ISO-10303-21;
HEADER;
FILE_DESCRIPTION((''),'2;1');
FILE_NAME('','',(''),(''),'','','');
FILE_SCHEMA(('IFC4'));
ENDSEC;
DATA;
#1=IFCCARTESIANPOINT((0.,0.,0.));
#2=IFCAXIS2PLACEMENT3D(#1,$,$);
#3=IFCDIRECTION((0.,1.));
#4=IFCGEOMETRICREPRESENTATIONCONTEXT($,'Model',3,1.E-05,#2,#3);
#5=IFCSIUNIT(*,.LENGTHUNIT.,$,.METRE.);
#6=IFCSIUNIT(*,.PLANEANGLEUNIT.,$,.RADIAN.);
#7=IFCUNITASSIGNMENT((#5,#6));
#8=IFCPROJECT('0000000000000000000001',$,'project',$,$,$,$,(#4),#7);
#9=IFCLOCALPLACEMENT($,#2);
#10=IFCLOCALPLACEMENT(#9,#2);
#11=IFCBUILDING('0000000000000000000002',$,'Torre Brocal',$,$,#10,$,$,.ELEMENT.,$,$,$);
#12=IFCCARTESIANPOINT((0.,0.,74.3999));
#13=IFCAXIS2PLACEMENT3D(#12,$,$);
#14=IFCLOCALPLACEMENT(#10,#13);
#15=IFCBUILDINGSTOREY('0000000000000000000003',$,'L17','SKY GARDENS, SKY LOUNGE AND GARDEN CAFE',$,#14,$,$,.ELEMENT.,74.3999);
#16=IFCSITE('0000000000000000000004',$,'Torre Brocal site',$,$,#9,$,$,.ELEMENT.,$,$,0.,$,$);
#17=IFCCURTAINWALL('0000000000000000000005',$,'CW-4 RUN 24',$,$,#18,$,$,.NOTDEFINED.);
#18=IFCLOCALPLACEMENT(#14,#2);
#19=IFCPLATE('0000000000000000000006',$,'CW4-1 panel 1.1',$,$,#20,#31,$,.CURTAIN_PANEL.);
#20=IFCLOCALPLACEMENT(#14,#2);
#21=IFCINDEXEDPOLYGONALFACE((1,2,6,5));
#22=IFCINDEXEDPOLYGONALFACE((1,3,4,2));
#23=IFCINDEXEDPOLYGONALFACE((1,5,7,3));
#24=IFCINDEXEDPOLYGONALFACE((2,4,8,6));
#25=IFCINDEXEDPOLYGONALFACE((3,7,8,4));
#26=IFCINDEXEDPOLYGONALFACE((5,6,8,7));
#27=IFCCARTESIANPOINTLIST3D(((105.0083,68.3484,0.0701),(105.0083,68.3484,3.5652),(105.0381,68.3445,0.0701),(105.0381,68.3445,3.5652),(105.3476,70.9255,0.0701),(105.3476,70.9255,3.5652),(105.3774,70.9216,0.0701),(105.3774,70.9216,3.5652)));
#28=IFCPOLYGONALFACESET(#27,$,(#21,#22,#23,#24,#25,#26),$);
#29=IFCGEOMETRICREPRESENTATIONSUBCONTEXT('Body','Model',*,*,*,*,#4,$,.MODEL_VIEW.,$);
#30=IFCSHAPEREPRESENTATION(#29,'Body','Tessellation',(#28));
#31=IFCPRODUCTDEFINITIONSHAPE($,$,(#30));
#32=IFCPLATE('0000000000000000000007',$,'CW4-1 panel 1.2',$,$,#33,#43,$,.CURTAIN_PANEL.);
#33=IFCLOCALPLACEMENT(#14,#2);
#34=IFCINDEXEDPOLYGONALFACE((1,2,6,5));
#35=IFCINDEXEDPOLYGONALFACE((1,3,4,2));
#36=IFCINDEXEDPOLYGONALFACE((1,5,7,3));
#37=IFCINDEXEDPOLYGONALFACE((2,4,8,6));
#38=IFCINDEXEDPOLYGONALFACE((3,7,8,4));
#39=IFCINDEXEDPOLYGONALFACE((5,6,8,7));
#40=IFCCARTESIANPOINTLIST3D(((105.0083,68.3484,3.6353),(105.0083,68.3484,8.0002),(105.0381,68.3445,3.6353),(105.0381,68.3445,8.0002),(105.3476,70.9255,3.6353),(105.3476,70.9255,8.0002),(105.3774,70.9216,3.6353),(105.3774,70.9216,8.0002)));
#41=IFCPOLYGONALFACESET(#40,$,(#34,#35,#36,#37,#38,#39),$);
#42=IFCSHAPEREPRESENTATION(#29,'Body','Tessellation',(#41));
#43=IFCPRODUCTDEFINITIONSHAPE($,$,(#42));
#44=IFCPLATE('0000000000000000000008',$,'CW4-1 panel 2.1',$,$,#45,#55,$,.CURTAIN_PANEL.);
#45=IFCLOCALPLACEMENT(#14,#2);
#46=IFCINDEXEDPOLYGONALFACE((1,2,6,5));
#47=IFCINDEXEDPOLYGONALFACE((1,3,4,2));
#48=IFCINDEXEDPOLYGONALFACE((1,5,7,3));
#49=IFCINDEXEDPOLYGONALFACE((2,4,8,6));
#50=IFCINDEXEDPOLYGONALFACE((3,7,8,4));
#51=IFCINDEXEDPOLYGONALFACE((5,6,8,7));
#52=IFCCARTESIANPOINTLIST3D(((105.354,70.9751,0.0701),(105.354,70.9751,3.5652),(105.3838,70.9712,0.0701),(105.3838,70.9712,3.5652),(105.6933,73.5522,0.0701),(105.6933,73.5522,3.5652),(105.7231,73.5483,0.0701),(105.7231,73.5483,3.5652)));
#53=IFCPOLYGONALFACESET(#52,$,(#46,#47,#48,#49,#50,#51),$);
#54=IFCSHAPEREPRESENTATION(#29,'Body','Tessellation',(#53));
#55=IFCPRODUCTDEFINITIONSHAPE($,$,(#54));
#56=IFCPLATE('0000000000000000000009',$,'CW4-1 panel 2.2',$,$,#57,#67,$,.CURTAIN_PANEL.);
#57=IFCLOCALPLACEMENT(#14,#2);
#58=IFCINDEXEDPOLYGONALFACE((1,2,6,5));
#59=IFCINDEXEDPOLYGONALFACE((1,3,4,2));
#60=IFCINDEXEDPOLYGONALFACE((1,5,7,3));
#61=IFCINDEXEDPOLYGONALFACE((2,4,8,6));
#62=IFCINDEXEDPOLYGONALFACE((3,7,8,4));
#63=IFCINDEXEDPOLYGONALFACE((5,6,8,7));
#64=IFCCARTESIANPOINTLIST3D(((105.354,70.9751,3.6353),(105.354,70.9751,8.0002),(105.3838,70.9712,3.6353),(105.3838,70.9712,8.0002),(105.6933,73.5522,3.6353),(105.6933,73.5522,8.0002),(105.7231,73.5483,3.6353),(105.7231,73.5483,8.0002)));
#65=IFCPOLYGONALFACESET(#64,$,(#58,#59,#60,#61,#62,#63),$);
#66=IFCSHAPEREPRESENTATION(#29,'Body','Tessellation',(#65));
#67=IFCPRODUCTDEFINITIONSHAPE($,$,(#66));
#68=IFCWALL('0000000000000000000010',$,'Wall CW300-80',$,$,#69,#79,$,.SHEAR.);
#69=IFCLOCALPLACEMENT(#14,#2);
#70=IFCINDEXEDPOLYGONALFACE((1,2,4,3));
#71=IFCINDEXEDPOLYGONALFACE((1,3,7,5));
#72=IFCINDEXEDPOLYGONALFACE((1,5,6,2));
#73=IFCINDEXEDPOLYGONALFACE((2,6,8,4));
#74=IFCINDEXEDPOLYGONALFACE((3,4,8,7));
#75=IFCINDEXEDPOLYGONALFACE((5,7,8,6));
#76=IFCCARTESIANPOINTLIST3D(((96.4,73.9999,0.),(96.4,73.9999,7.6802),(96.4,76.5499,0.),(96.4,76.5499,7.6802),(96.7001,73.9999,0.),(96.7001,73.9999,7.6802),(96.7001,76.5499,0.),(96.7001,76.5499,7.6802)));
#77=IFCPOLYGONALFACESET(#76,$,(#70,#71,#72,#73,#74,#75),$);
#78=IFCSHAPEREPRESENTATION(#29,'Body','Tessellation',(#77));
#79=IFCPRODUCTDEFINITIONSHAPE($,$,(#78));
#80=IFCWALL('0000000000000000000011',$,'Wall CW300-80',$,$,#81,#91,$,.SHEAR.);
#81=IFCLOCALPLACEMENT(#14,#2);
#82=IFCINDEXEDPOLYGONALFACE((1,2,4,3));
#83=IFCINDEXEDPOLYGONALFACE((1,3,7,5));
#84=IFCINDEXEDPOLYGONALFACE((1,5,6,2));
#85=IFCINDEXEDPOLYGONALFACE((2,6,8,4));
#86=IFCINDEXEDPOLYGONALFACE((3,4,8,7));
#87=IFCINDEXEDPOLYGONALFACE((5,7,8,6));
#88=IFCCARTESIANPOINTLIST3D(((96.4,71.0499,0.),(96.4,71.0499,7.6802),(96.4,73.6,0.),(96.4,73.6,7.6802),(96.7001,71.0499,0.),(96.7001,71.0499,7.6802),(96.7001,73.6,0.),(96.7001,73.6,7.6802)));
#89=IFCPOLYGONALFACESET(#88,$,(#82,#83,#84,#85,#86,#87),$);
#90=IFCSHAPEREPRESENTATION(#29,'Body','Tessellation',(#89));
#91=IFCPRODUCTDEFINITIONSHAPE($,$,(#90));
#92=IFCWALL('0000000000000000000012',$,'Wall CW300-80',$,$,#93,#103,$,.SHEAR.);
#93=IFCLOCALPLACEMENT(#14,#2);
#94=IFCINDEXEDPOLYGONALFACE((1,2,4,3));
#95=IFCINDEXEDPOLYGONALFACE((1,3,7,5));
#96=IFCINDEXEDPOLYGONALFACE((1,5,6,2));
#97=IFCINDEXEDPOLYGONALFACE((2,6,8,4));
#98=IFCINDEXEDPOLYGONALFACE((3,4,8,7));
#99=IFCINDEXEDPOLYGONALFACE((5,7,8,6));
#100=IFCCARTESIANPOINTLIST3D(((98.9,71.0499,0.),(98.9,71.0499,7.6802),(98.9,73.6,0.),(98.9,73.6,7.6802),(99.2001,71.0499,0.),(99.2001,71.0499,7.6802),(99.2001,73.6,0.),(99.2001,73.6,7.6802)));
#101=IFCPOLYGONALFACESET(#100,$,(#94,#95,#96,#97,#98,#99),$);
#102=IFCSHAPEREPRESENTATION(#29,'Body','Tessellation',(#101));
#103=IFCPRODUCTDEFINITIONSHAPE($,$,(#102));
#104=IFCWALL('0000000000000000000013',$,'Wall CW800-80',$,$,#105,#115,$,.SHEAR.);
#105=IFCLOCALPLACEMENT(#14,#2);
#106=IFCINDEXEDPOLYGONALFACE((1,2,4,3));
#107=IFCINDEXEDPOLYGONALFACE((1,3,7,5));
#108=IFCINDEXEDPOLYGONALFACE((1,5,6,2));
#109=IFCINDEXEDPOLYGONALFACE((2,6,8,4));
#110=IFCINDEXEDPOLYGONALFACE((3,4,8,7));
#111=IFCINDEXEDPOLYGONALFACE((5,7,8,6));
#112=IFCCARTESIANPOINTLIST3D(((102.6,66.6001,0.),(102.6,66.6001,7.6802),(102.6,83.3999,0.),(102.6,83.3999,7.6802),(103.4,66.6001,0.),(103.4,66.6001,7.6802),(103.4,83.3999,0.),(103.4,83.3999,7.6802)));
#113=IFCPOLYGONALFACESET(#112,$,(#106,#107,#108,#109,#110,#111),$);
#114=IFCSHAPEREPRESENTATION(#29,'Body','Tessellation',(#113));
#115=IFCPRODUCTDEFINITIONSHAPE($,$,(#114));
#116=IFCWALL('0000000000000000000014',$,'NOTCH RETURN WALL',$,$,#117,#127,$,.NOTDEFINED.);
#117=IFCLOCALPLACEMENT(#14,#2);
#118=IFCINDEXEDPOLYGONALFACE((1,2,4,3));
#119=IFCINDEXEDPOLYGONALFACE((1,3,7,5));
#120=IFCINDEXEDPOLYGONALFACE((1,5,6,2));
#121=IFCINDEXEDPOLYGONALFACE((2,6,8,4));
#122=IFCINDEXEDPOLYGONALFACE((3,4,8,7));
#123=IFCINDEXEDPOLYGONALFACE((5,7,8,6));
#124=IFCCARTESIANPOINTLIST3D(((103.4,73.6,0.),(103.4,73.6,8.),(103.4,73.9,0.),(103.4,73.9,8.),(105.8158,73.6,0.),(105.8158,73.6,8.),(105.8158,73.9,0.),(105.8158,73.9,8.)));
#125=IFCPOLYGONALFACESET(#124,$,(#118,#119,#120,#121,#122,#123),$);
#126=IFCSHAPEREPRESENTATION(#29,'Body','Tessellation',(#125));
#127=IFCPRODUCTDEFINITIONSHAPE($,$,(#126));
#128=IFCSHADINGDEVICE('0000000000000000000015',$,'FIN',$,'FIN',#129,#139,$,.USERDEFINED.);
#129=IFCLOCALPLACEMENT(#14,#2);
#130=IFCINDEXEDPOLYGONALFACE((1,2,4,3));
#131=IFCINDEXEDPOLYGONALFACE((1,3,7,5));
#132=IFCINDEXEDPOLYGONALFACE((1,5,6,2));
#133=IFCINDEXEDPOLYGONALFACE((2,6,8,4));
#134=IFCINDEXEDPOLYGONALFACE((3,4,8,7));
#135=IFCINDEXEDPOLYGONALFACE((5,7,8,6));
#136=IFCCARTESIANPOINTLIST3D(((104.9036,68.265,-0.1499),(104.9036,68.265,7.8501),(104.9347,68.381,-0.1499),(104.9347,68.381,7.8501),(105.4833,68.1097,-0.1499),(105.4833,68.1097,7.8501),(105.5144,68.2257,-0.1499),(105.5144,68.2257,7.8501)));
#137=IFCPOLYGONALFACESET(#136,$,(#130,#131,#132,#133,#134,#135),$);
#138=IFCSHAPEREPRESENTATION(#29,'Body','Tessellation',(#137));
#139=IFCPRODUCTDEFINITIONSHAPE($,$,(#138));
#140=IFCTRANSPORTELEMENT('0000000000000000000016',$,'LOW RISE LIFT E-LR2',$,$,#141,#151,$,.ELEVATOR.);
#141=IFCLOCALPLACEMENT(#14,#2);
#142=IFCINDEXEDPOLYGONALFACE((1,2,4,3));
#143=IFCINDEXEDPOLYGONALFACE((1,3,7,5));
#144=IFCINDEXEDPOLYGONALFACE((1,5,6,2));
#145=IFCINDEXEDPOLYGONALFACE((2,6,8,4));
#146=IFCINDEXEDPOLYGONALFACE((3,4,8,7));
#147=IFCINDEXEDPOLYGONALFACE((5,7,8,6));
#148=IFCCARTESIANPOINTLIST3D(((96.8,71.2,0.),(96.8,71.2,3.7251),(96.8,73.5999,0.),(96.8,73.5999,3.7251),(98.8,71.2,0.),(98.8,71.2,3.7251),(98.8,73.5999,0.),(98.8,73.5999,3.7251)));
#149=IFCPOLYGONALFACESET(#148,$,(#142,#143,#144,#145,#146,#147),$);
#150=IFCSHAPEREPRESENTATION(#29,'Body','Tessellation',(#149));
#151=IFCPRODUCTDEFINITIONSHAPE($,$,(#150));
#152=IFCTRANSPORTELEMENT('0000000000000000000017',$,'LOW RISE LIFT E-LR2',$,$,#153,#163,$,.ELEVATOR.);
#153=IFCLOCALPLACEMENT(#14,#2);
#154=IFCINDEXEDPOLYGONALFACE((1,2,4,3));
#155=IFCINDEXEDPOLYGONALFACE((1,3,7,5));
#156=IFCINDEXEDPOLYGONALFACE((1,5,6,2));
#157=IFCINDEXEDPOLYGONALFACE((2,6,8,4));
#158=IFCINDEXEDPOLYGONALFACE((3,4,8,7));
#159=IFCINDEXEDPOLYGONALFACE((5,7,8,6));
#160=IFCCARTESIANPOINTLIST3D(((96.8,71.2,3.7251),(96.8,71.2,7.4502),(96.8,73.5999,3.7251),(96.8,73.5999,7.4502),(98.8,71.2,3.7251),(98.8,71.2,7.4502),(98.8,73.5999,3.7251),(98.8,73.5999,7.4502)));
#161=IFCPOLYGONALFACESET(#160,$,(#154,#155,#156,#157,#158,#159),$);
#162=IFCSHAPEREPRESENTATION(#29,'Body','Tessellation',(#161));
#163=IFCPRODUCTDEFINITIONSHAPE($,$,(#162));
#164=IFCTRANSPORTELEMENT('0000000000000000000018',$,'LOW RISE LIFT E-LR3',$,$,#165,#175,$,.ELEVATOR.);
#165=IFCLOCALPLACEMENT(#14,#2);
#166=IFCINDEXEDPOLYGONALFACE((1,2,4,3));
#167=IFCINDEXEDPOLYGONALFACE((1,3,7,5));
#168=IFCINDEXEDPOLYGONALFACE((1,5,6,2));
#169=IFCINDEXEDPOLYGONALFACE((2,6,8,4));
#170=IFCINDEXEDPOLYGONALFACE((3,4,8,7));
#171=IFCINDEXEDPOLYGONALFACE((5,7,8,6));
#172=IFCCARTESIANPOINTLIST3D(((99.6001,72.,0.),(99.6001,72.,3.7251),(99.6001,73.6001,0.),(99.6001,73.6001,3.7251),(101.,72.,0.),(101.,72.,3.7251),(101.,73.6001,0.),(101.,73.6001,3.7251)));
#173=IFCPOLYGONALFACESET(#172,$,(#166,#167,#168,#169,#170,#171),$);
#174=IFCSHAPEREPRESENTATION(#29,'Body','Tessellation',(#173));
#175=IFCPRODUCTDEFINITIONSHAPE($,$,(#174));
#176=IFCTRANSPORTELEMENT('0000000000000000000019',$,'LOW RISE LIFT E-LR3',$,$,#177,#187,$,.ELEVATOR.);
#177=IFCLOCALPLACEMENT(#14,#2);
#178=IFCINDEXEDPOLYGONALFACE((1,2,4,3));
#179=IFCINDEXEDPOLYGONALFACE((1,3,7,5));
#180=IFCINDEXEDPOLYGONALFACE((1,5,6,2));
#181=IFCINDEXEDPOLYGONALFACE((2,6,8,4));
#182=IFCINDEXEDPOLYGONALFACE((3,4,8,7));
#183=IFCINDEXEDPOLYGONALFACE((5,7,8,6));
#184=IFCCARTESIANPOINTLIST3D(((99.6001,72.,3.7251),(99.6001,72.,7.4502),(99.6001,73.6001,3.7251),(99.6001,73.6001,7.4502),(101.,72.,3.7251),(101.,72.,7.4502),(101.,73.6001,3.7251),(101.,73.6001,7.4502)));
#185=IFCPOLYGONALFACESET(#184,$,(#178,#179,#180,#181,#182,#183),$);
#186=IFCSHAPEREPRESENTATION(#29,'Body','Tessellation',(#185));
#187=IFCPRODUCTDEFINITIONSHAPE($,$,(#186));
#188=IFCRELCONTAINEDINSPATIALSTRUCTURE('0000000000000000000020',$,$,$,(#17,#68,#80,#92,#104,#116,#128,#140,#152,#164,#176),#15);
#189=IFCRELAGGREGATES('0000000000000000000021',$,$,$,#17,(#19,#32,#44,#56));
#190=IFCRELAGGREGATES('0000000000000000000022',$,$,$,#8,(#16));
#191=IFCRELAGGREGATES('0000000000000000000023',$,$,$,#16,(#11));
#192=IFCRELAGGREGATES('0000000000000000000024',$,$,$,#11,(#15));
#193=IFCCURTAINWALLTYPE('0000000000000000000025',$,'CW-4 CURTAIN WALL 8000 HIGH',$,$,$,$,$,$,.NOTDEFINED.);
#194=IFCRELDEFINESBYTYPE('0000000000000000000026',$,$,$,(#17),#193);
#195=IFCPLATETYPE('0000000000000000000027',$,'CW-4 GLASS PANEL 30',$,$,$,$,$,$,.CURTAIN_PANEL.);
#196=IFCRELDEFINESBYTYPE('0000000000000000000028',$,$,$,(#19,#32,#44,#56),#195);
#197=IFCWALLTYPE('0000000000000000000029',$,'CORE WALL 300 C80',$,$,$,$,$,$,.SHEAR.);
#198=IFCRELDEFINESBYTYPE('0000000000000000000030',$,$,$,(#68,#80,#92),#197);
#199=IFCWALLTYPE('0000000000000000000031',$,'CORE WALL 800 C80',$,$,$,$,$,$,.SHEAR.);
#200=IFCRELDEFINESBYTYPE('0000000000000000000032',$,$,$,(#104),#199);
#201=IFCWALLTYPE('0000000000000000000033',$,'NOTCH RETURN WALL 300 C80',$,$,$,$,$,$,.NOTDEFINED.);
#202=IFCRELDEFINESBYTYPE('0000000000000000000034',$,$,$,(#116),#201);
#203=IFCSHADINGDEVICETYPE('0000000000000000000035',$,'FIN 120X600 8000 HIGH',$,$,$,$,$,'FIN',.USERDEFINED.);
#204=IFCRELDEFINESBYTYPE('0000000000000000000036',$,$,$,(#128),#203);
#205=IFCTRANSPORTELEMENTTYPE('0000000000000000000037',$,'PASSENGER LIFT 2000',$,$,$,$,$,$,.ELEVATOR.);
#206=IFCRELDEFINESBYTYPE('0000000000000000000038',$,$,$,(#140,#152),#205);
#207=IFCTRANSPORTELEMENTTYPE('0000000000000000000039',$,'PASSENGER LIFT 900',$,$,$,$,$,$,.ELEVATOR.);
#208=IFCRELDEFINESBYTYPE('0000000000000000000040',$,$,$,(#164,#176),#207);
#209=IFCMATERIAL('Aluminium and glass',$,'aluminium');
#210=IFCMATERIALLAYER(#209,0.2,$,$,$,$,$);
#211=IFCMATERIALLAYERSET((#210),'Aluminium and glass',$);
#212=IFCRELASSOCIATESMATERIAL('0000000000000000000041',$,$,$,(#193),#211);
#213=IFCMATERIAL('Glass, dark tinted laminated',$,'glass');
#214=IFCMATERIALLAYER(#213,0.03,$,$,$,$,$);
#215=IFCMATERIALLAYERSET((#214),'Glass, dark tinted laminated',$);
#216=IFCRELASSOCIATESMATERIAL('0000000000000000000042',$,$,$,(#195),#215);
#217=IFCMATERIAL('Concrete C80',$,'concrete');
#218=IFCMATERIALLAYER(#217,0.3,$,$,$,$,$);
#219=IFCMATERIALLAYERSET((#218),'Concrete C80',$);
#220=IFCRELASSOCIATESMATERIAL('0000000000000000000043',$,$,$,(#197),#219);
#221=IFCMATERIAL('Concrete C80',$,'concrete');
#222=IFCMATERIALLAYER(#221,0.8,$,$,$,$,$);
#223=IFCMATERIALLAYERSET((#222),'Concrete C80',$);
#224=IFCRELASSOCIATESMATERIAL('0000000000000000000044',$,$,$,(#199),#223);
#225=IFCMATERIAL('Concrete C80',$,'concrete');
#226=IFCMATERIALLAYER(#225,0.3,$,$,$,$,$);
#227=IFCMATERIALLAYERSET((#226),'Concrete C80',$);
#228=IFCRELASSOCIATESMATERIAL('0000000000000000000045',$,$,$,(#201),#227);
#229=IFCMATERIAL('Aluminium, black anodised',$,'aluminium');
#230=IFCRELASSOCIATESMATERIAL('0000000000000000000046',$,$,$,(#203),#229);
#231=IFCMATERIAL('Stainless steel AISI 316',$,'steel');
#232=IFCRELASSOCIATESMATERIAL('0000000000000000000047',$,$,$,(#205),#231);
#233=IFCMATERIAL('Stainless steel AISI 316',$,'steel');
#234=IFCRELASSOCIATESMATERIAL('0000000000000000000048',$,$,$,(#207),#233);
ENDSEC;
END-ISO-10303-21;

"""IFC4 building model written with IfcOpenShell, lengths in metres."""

from ifc_helpers import new_model, si_unit, direction, frame, frame_2d, origin, origin_2d, place, context, subcontext, project, spatial, rectangle, extrude, material, layer, layer_set, material_profile, profile_set, type_object, element, aggregate, save


model = new_model("IFC4")

# Units and contexts
model_context = context("Model", 3, precision=1e-05, world=origin(), true_north=direction((0.0, 1.0)))
body_context = subcontext(model_context, "Body", "Model", "MODEL_VIEW")
ifc_project = project(units=[si_unit("LENGTHUNIT", "METRE"), si_unit("PLANEANGLEUNIT", "RADIAN")], contexts=[model_context])

# Site, building, storey
site_placement = place(None, origin())
site = spatial("IfcSite", under=ifc_project, at=site_placement, Name="Torre Brocal site", CompositionType="ELEMENT", RefElevation=0.0)
building_placement = place(site_placement, origin())
building = spatial("IfcBuilding", under=site, at=building_placement, Name="Torre Brocal", CompositionType="ELEMENT")
storey_placement = place(building_placement, frame((0.0, 0.0, 74.3999)))
storey = spatial("IfcBuildingStorey", under=building, at=storey_placement, Name="L17", Description="SKY GARDENS, SKY LOUNGE AND GARDEN CAFE", CompositionType="ELEMENT", Elevation=74.3999)

# Curtain wall
ifc_material_1 = material(Name="Aluminium and glass", Category="aluminium")
ifc_layer_1 = layer(ifc_material_1, 0.2)
ifc_layer_set_1 = layer_set([ifc_layer_1], Name="Aluminium and glass")
curtain_wall_type = type_object("IfcCurtainWallType", Name="CW-4 CURTAIN WALL 8000 HIGH", PredefinedType="NOTDEFINED", material=ifc_layer_set_1)
curtain_wall_1_placement = place(storey_placement, origin())
curtain_wall_1 = element("IfcCurtainWall", 1, at=curtain_wall_1_placement, inside=storey, type_object=curtain_wall_type, Name="CW-4 RUN 24", PredefinedType="NOTDEFINED")

# Plates
ifc_material_2 = material(Name="Glass, dark tinted laminated", Category="glass")
ifc_layer_2 = layer(ifc_material_2, 0.03)
ifc_layer_set_2 = layer_set([ifc_layer_2], Name="Glass, dark tinted laminated")
plate_type = type_object("IfcPlateType", Name="CW-4 GLASS PANEL 30", PredefinedType="CURTAIN_PANEL", material=ifc_layer_set_2)
plate_1_placement = place(storey_placement, frame((105.1929, 69.635, 0.0701), z_axis=(0.0, 0.0, 1.0), x_axis=(0.130526, 0.991445, 0.0)))
plate_1 = element("IfcPlate", 2, at=plate_1_placement, type_object=plate_type, Name="CW4-1 panel 1.1", PredefinedType="CURTAIN_PANEL", context=body_context, shape_type="SweptSolid", body=[
    extrude(rectangle(XDim=2.5994, YDim=0.03, at=origin_2d()), origin(), (0.0, 0.0, 1.0), 3.4951),
])
plate_2_placement = place(storey_placement, frame((105.1929, 69.635, 3.6353), z_axis=(0.0, 0.0, 1.0), x_axis=(0.130526, 0.991445, 0.0)))
plate_2 = element("IfcPlate", 3, at=plate_2_placement, type_object=plate_type, Name="CW4-1 panel 1.2", PredefinedType="CURTAIN_PANEL", context=body_context, shape_type="SweptSolid", body=[
    extrude(rectangle(XDim=2.5994, YDim=0.03, at=origin_2d()), origin(), (0.0, 0.0, 1.0), 4.365),
])
plate_3_placement = place(storey_placement, frame((105.5386, 72.2617, 0.0701), z_axis=(0.0, 0.0, 1.0), x_axis=(0.130526, 0.991445, 0.0)))
plate_3 = element("IfcPlate", 4, at=plate_3_placement, type_object=plate_type, Name="CW4-1 panel 2.1", PredefinedType="CURTAIN_PANEL", context=body_context, shape_type="SweptSolid", body=[
    extrude(rectangle(XDim=2.5994, YDim=0.03, at=origin_2d()), origin(), (0.0, 0.0, 1.0), 3.4951),
])
plate_4_placement = place(storey_placement, frame((105.5386, 72.2617, 3.6353), z_axis=(0.0, 0.0, 1.0), x_axis=(0.130526, 0.991445, 0.0)))
plate_4 = element("IfcPlate", 5, at=plate_4_placement, type_object=plate_type, Name="CW4-1 panel 2.2", PredefinedType="CURTAIN_PANEL", context=body_context, shape_type="SweptSolid", body=[
    extrude(rectangle(XDim=2.5994, YDim=0.03, at=origin_2d()), origin(), (0.0, 0.0, 1.0), 4.365),
])
aggregate(curtain_wall_1, [plate_1, plate_2, plate_3, plate_4])

# Walls
ifc_material_3 = material(Name="Concrete C80", Category="concrete")
ifc_layer_3 = layer(ifc_material_3, 0.3)
ifc_layer_set_3 = layer_set([ifc_layer_3], Name="Concrete C80")
wall_type_1 = type_object("IfcWallType", Name="CORE WALL 300 C80", PredefinedType="SHEAR", material=ifc_layer_set_3)
for number, where, z_axis, x_axis, name in (
    (6, (96.55, 74.0, 0.0), (0.0, 0.0, 1.0), (0.0, 1.0, 0.0), "Wall CW300-80"),
    (7, (96.55, 71.05, 0.0), (0.0, 0.0, 1.0), (0.0, 1.0, 0.0), "Wall CW300-80"),
    (8, (99.05, 71.05, 0.0), (0.0, 0.0, 1.0), (0.0, 1.0, 0.0), "Wall CW300-80"),
):
    element("IfcWall", number, at=place(storey_placement, frame(where, z_axis=z_axis, x_axis=x_axis)), inside=storey, type_object=wall_type_1, Name=name, PredefinedType="SHEAR", context=body_context, shape_type="SweptSolid", body=[
        extrude(rectangle(XDim=2.55, YDim=0.3, at=frame_2d((1.2749, 0.0))), origin(), (0.0, 0.0, 1.0), 7.6802),
    ])
ifc_material_4 = material(Name="Concrete C80", Category="concrete")
ifc_layer_4 = layer(ifc_material_4, 0.8)
ifc_layer_set_4 = layer_set([ifc_layer_4], Name="Concrete C80")
wall_type_2 = type_object("IfcWallType", Name="CORE WALL 800 C80", PredefinedType="SHEAR", material=ifc_layer_set_4)
wall_1_placement = place(storey_placement, frame((103.0, 66.6001, 0.0), z_axis=(0.0, 0.0, 1.0), x_axis=(0.0, 1.0, 0.0)))
element("IfcWall", 9, at=wall_1_placement, inside=storey, type_object=wall_type_2, Name="Wall CW800-80", PredefinedType="SHEAR", context=body_context, shape_type="SweptSolid", body=[
    extrude(rectangle(XDim=16.7998, YDim=0.8, at=frame_2d((8.3999, 0.0))), origin(), (0.0, 0.0, 1.0), 7.6802),
])
ifc_material_5 = material(Name="Concrete C80", Category="concrete")
ifc_layer_5 = layer(ifc_material_5, 0.3)
ifc_layer_set_5 = layer_set([ifc_layer_5], Name="Concrete C80")
wall_type_3 = type_object("IfcWallType", Name="NOTCH RETURN WALL 300 C80", PredefinedType="NOTDEFINED", material=ifc_layer_set_5)
wall_2_placement = place(storey_placement, frame((103.3999, 73.75, 0.0), z_axis=(0.0, 0.0, 1.0), x_axis=(1.0, 0.0, 0.0)))
element("IfcWall", 10, at=wall_2_placement, inside=storey, type_object=wall_type_3, Name="NOTCH RETURN WALL", PredefinedType="NOTDEFINED", context=body_context, shape_type="SweptSolid", body=[
    extrude(rectangle(XDim=2.4158, YDim=0.3, at=frame_2d((1.208, 0.0))), origin(), (0.0, 0.0, 1.0), 8.0),
])

# Shading device
ifc_material_6 = material(Name="Aluminium, black anodised", Category="aluminium")
ifc_material_profile_1 = material_profile(ifc_material_6, rectangle(XDim=0.1201, YDim=0.6001, at=origin_2d()), Name="FIN 120X600 8000 HIGH")
ifc_profile_set_1 = profile_set([ifc_material_profile_1], Name="Aluminium, black anodised")
shading_device_type = type_object("IfcShadingDeviceType", Name="FIN 120X600 8000 HIGH", ElementType="FIN", PredefinedType="USERDEFINED", material=ifc_profile_set_1)
shading_device_placement = place(storey_placement, frame((105.209, 68.2454, -0.1499), z_axis=(0.0, 0.0, 1.0), x_axis=(0.258819, 0.965926, 0.0)))
element("IfcShadingDevice", 11, at=shading_device_placement, inside=storey, type_object=shading_device_type, Name="FIN", ObjectType="FIN", PredefinedType="USERDEFINED", context=body_context, shape_type="SweptSolid", body=[
    extrude(rectangle(XDim=0.1201, YDim=0.6001, at=origin_2d()), origin(), (0.0, 0.0, 1.0), 8.0),
])

# Transport elements
ifc_material_7 = material(Name="Stainless steel AISI 316", Category="steel")
transport_element_type_1 = type_object("IfcTransportElementType", Name="PASSENGER LIFT 2000", PredefinedType="ELEVATOR", material=ifc_material_7)
for number, where, z_axis, x_axis, name in (
    (12, (97.8, 72.3999, 0.0), (0.0, 0.0, 1.0), (1.0, 0.0, 0.0), "LOW RISE LIFT E-LR2"),
    (13, (97.8, 72.3999, 3.7251), (0.0, 0.0, 1.0), (1.0, 0.0, 0.0), "LOW RISE LIFT E-LR2"),
):
    element("IfcTransportElement", number, at=place(storey_placement, frame(where, z_axis=z_axis, x_axis=x_axis)), inside=storey, type_object=transport_element_type_1, Name=name, PredefinedType="ELEVATOR", context=body_context, shape_type="SweptSolid", body=[
        extrude(rectangle(XDim=2.0, YDim=2.3999, at=origin_2d()), origin(), (0.0, 0.0, 1.0), 3.7251),
    ])
ifc_material_8 = material(Name="Stainless steel AISI 316", Category="steel")
transport_element_type_2 = type_object("IfcTransportElementType", Name="PASSENGER LIFT 900", PredefinedType="ELEVATOR", material=ifc_material_8)
for number, where, z_axis, x_axis, name in (
    (14, (100.3, 72.8, 0.0), (0.0, 0.0, 1.0), (1.0, 0.0, 0.0), "LOW RISE LIFT E-LR3"),
    (15, (100.3, 72.8, 3.7251), (0.0, 0.0, 1.0), (1.0, 0.0, 0.0), "LOW RISE LIFT E-LR3"),
):
    element("IfcTransportElement", number, at=place(storey_placement, frame(where, z_axis=z_axis, x_axis=x_axis)), inside=storey, type_object=transport_element_type_2, Name=name, PredefinedType="ELEVATOR", context=body_context, shape_type="SweptSolid", body=[
        extrude(rectangle(XDim=1.3999, YDim=1.6001, at=origin_2d()), origin(), (0.0, 0.0, 1.0), 3.7251),
    ])

save(model, "model.ifc")
